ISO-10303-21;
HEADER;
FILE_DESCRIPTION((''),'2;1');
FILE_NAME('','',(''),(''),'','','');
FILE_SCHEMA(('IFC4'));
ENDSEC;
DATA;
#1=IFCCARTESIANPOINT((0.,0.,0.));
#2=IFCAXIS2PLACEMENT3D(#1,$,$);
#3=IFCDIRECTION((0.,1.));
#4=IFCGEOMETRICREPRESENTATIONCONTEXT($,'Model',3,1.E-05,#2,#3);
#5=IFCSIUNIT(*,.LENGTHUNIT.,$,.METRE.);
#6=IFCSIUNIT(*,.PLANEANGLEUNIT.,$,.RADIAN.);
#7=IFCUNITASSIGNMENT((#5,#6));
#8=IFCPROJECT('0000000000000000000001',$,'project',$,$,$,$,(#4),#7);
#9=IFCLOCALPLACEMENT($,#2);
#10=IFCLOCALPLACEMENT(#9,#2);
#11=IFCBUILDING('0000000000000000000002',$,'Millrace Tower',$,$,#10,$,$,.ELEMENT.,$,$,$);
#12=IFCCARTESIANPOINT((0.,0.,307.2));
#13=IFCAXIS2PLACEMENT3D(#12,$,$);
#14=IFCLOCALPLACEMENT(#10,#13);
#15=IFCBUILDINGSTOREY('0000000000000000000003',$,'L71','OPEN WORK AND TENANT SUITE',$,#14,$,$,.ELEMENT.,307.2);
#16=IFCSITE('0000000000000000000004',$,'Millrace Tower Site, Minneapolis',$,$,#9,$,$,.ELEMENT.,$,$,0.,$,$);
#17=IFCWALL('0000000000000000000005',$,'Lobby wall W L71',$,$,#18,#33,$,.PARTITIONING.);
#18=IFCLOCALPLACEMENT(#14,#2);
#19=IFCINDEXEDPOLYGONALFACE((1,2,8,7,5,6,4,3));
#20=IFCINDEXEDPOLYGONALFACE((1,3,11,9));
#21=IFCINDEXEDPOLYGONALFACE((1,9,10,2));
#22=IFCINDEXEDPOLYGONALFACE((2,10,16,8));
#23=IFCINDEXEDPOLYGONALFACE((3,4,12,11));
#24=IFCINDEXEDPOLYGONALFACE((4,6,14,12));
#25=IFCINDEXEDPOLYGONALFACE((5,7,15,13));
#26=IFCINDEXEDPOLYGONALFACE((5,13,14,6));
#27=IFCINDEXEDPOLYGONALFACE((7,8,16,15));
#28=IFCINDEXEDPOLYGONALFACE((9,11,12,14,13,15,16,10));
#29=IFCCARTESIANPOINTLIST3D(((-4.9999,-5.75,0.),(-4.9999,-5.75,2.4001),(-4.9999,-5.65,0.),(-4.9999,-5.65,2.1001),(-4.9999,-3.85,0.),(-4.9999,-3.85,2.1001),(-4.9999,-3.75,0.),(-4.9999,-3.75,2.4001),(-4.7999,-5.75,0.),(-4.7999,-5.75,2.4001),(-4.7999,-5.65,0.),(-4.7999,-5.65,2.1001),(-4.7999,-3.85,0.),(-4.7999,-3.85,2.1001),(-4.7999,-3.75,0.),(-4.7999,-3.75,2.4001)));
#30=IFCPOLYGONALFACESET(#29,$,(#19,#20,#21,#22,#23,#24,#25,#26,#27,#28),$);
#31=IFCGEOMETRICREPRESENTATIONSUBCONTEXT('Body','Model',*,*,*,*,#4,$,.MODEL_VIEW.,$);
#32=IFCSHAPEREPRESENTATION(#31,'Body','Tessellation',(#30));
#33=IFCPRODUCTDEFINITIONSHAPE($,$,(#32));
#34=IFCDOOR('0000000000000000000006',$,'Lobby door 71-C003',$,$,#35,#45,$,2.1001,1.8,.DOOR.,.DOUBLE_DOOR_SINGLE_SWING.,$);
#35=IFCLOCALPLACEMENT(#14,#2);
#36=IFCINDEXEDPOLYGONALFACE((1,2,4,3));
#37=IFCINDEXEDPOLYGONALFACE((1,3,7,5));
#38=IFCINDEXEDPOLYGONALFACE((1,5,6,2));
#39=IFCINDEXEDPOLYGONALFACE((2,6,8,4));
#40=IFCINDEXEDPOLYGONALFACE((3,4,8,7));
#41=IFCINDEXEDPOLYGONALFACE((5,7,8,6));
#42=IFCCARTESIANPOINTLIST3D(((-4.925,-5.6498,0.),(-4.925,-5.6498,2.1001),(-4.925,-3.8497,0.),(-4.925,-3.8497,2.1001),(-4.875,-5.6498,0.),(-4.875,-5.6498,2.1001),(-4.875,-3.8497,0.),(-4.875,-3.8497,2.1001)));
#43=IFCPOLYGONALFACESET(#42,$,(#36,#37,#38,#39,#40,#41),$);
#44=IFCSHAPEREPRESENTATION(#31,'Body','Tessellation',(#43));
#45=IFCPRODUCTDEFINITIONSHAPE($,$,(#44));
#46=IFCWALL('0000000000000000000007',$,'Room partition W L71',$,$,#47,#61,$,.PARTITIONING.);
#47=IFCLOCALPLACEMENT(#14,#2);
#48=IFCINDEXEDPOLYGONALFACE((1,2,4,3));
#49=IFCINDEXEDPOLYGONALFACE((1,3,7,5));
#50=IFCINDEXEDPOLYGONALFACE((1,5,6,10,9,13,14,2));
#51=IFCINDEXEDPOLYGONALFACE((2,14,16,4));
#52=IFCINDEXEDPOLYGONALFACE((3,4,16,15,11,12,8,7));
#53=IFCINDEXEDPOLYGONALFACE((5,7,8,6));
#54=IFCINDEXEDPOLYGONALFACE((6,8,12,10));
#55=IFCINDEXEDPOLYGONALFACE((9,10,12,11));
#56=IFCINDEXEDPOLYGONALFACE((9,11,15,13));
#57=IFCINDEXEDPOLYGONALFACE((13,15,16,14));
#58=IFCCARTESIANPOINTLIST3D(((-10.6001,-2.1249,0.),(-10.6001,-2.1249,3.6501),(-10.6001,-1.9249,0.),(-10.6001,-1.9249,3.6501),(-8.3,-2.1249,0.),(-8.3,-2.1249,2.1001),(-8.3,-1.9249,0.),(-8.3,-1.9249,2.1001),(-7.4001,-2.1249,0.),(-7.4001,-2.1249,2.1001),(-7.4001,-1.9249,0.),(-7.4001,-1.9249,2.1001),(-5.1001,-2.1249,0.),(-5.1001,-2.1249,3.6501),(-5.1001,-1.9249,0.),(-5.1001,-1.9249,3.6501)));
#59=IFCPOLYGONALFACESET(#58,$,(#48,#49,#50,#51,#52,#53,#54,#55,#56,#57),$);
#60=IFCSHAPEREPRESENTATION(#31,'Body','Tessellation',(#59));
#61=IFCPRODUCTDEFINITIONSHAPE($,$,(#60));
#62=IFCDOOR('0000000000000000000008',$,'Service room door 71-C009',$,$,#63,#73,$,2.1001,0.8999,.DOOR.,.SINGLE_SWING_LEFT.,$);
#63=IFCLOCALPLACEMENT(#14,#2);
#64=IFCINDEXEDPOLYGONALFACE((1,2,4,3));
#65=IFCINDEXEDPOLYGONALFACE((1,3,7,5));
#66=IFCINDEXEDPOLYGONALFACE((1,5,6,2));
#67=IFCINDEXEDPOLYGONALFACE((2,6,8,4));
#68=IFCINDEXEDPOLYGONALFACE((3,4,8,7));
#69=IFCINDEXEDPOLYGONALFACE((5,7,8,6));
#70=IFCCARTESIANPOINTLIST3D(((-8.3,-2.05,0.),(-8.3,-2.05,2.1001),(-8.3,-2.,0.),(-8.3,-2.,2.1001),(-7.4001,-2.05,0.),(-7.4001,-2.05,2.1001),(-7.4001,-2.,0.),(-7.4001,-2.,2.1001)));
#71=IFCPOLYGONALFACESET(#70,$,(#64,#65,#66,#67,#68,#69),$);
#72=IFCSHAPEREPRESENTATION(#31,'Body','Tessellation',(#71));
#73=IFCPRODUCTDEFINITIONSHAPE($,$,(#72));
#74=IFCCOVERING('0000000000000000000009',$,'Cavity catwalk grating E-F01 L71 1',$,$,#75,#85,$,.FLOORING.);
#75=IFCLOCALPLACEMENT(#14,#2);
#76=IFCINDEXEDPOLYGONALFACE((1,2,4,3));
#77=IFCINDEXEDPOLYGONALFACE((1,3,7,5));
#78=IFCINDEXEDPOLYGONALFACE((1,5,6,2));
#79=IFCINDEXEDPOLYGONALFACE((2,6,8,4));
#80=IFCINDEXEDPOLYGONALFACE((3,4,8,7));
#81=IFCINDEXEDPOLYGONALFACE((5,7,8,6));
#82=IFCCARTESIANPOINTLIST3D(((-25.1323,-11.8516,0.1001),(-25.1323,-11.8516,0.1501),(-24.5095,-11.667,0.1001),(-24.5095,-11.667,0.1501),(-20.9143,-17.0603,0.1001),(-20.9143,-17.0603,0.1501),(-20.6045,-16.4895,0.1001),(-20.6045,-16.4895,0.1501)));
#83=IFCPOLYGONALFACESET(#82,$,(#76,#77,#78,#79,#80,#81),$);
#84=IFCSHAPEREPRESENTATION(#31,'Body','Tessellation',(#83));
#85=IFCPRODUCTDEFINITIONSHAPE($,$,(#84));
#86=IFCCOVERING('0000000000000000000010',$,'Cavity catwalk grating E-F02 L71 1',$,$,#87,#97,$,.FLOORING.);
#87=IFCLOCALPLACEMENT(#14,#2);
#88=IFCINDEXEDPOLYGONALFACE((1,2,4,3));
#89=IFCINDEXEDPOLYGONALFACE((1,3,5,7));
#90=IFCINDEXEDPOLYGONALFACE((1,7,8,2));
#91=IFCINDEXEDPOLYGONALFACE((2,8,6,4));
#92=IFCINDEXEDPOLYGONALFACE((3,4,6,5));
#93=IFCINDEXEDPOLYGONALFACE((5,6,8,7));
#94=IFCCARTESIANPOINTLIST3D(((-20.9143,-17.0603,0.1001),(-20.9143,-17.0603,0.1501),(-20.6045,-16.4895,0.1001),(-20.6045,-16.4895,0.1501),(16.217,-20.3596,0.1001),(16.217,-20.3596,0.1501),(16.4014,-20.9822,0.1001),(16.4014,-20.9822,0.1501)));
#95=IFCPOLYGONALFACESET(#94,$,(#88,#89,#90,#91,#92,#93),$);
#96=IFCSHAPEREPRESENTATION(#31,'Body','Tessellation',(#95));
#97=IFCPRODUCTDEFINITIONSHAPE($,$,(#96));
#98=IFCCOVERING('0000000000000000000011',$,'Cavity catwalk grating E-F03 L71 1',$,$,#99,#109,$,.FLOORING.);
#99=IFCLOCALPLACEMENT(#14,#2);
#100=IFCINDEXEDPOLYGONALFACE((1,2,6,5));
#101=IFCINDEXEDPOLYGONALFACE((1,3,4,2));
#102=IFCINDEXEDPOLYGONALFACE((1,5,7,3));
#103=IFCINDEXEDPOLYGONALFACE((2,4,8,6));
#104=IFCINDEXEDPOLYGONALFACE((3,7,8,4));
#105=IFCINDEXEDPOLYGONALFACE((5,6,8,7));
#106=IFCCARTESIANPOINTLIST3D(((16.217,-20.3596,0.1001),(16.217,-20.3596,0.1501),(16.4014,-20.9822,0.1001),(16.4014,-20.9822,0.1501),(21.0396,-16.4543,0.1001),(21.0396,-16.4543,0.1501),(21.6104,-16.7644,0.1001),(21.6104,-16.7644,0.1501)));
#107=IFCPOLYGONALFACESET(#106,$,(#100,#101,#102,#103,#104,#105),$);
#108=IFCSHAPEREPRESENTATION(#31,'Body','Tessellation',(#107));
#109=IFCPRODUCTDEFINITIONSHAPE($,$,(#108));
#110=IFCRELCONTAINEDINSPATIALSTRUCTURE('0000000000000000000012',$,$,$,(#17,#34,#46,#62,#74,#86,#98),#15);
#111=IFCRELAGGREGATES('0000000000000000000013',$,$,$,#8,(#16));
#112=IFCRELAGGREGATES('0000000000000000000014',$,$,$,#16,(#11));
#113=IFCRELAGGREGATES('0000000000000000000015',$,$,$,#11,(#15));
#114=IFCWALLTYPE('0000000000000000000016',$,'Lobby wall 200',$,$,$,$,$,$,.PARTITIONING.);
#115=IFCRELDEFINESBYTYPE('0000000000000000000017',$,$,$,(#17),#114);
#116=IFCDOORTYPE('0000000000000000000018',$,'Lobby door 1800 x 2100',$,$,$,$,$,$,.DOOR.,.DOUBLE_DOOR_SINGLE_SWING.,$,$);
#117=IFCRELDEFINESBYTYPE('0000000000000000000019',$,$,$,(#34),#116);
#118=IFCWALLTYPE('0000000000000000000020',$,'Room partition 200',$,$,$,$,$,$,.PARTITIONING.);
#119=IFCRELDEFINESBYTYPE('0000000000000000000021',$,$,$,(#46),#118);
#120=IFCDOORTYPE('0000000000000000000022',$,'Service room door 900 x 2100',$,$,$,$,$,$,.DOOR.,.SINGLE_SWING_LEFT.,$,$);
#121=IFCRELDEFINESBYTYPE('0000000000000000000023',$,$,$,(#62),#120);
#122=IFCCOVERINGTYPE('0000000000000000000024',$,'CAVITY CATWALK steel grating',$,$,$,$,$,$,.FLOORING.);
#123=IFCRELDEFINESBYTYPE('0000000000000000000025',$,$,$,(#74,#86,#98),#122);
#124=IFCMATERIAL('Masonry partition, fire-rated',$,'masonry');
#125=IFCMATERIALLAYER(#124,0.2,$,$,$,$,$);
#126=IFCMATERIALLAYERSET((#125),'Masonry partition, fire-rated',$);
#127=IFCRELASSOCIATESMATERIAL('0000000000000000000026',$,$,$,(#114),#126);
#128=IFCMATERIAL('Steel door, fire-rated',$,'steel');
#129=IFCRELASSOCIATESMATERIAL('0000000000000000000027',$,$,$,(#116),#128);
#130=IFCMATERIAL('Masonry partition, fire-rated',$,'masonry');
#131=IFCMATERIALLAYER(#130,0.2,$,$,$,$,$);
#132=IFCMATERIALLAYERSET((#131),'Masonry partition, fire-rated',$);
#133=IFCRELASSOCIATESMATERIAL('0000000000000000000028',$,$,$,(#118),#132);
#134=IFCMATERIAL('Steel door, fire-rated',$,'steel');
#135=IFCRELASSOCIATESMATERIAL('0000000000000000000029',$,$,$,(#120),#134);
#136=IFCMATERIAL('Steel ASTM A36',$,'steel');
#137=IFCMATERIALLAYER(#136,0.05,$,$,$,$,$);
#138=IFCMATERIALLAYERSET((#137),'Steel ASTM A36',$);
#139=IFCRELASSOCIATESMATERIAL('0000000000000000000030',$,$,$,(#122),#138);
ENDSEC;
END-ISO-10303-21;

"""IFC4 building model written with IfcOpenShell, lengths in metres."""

from ifc_helpers import new_model, si_unit, direction, frame, frame_2d, origin, place, context, subcontext, project, spatial, polyline, rectangle, outline, extrude, material, layer, layer_set, type_object, element, fill, save


model = new_model("IFC4")

# Units and contexts
model_context = context("Model", 3, precision=1e-05, world=origin(), true_north=direction((0.0, 1.0)))
body_context = subcontext(model_context, "Body", "Model", "MODEL_VIEW")
ifc_project = project(units=[si_unit("LENGTHUNIT", "METRE"), si_unit("PLANEANGLEUNIT", "RADIAN")], contexts=[model_context])

# Site, building, storey
site_placement = place(None, origin())
site = spatial("IfcSite", under=ifc_project, at=site_placement, Name="Millrace Tower Site, Minneapolis", CompositionType="ELEMENT", RefElevation=0.0)
building_placement = place(site_placement, origin())
building = spatial("IfcBuilding", under=site, at=building_placement, Name="Millrace Tower", CompositionType="ELEMENT")
storey_placement = place(building_placement, frame((0.0, 0.0, 307.2)))
storey = spatial("IfcBuildingStorey", under=building, at=storey_placement, Name="L71", Description="OPEN WORK AND TENANT SUITE", CompositionType="ELEMENT", Elevation=307.2)

# Walls, openings, doors
ifc_material_1 = material(Name="Masonry partition, fire-rated", Category="masonry")
ifc_layer_1 = layer(ifc_material_1, 0.2)
ifc_layer_set_1 = layer_set([ifc_layer_1], Name="Masonry partition, fire-rated")
wall_type_1 = type_object("IfcWallType", Name="Lobby wall 200", PredefinedType="PARTITIONING", material=ifc_layer_set_1)
wall_1_placement = place(storey_placement, frame((-4.8999, -5.75, 0.0), z_axis=(0.0, 0.0, 1.0), x_axis=(0.0, 1.0, 0.0)))
wall_1 = element("IfcWall", 1, at=wall_1_placement, inside=storey, type_object=wall_type_1, Name="Lobby wall W L71", PredefinedType="PARTITIONING", context=body_context, shape_type="SweptSolid", body=[
    extrude(rectangle(XDim=2.0, YDim=0.2, at=frame_2d((1.0, 0.0))), origin(), (0.0, 0.0, 1.0), 2.4001),
])
opening_1_placement = place(wall_1_placement, frame((0.1001, 0.0, 0.0)))
opening_1 = element("IfcOpeningElement", 2, at=opening_1_placement, cuts=wall_1, PredefinedType="OPENING", context=body_context, shape_type="SweptSolid", body=[
    extrude(rectangle(XDim=1.8, YDim=2.1001, at=frame_2d((0.8999, 1.05))), frame((0.0, 0.1099, 0.0), z_axis=(0.0, -1.0, 0.0), x_axis=(1.0, 0.0, 0.0)), (0.0, 0.0, 1.0), 0.22),
])
ifc_material_2 = material(Name="Steel door, fire-rated", Category="steel")
door_type_1 = type_object("IfcDoorType", Name="Lobby door 1800 x 2100", OperationType="DOUBLE_DOOR_SINGLE_SWING", PredefinedType="DOOR", material=ifc_material_2)
door_1_placement = place(opening_1_placement, frame((1.8, 0.0, 0.0), z_axis=(0.0, 0.0, 1.0), x_axis=(-1.0, 0.0, 0.0)))
door_1 = element("IfcDoor", 3, at=door_1_placement, inside=storey, type_object=door_type_1, Name="Lobby door 71-C003", OperationType="DOUBLE_DOOR_SINGLE_SWING", OverallHeight=2.1001, OverallWidth=1.8, PredefinedType="DOOR", context=body_context, shape_type="SweptSolid", body=[
    extrude(rectangle(XDim=1.8, YDim=2.1001, at=frame_2d((0.8999, 1.05))), frame((0.0, 0.0249, 0.0), z_axis=(0.0, -1.0, 0.0), x_axis=(1.0, 0.0, 0.0)), (0.0, 0.0, 1.0), 0.05),
])
fill(opening_1, door_1)
ifc_material_3 = material(Name="Masonry partition, fire-rated", Category="masonry")
ifc_layer_2 = layer(ifc_material_3, 0.2)
ifc_layer_set_2 = layer_set([ifc_layer_2], Name="Masonry partition, fire-rated")
wall_type_2 = type_object("IfcWallType", Name="Room partition 200", PredefinedType="PARTITIONING", material=ifc_layer_set_2)
wall_2_placement = place(storey_placement, frame((-10.6001, -2.0249, 0.0), z_axis=(0.0, 0.0, 1.0), x_axis=(1.0, 0.0, 0.0)))
wall_2 = element("IfcWall", 4, at=wall_2_placement, inside=storey, type_object=wall_type_2, Name="Room partition W L71", PredefinedType="PARTITIONING", context=body_context, shape_type="SweptSolid", body=[
    extrude(rectangle(XDim=5.5, YDim=0.2, at=frame_2d((2.75, 0.0))), origin(), (0.0, 0.0, 1.0), 3.6501),
])
opening_2_placement = place(wall_2_placement, frame((2.3, 0.0, 0.0)))
opening_2 = element("IfcOpeningElement", 5, at=opening_2_placement, cuts=wall_2, PredefinedType="OPENING", context=body_context, shape_type="SweptSolid", body=[
    extrude(rectangle(XDim=0.8999, YDim=2.1001, at=frame_2d((0.45, 1.05))), frame((0.0, 0.1099, 0.0), z_axis=(0.0, -1.0, 0.0), x_axis=(1.0, 0.0, 0.0)), (0.0, 0.0, 1.0), 0.22),
])
ifc_material_4 = material(Name="Steel door, fire-rated", Category="steel")
door_type_2 = type_object("IfcDoorType", Name="Service room door 900 x 2100", OperationType="SINGLE_SWING_LEFT", PredefinedType="DOOR", material=ifc_material_4)
door_2_placement = place(opening_2_placement, origin())
door_2 = element("IfcDoor", 6, at=door_2_placement, inside=storey, type_object=door_type_2, Name="Service room door 71-C009", OperationType="SINGLE_SWING_LEFT", OverallHeight=2.1001, OverallWidth=0.8999, PredefinedType="DOOR", context=body_context, shape_type="SweptSolid", body=[
    extrude(rectangle(XDim=0.8999, YDim=2.1001, at=frame_2d((0.45, 1.05))), frame((0.0, 0.0249, 0.0), z_axis=(0.0, -1.0, 0.0), x_axis=(1.0, 0.0, 0.0)), (0.0, 0.0, 1.0), 0.05),
])
fill(opening_2, door_2)

# Coverings
ifc_material_5 = material(Name="Steel ASTM A36", Category="steel")
ifc_layer_3 = layer(ifc_material_5, 0.05)
ifc_layer_set_3 = layer_set([ifc_layer_3], Name="Steel ASTM A36")
covering_type = type_object("IfcCoveringType", Name="CAVITY CATWALK steel grating", PredefinedType="FLOORING", material=ifc_layer_set_3)
placement_1 = place(storey_placement, frame((0.0, 0.0, 0.1001)))
element("IfcCovering", 7, at=placement_1, inside=storey, type_object=covering_type, Name="Cavity catwalk grating E-F01 L71 1", PredefinedType="FLOORING", context=body_context, shape_type="SweptSolid", body=[
    extrude(outline(polyline([(-25.1323, -11.8516), (-20.9143, -17.0603), (-20.6045, -16.4895), (-24.5095, -11.667), (-25.1323, -11.8516)])), origin(), (0.0, 0.0, 1.0), 0.05),
])
element("IfcCovering", 8, at=placement_1, inside=storey, type_object=covering_type, Name="Cavity catwalk grating E-F02 L71 1", PredefinedType="FLOORING", context=body_context, shape_type="SweptSolid", body=[
    extrude(outline(polyline([(-20.9143, -17.0603), (16.4014, -20.9822), (16.217, -20.3596), (-20.6045, -16.4895), (-20.9143, -17.0603)])), origin(), (0.0, 0.0, 1.0), 0.05),
])
element("IfcCovering", 9, at=placement_1, inside=storey, type_object=covering_type, Name="Cavity catwalk grating E-F03 L71 1", PredefinedType="FLOORING", context=body_context, shape_type="SweptSolid", body=[
    extrude(outline(polyline([(16.4014, -20.9822), (21.6104, -16.7644), (21.0396, -16.4543), (16.217, -20.3596), (16.4014, -20.9822)])), origin(), (0.0, 0.0, 1.0), 0.05),
])

save(model, "model.ifc")
